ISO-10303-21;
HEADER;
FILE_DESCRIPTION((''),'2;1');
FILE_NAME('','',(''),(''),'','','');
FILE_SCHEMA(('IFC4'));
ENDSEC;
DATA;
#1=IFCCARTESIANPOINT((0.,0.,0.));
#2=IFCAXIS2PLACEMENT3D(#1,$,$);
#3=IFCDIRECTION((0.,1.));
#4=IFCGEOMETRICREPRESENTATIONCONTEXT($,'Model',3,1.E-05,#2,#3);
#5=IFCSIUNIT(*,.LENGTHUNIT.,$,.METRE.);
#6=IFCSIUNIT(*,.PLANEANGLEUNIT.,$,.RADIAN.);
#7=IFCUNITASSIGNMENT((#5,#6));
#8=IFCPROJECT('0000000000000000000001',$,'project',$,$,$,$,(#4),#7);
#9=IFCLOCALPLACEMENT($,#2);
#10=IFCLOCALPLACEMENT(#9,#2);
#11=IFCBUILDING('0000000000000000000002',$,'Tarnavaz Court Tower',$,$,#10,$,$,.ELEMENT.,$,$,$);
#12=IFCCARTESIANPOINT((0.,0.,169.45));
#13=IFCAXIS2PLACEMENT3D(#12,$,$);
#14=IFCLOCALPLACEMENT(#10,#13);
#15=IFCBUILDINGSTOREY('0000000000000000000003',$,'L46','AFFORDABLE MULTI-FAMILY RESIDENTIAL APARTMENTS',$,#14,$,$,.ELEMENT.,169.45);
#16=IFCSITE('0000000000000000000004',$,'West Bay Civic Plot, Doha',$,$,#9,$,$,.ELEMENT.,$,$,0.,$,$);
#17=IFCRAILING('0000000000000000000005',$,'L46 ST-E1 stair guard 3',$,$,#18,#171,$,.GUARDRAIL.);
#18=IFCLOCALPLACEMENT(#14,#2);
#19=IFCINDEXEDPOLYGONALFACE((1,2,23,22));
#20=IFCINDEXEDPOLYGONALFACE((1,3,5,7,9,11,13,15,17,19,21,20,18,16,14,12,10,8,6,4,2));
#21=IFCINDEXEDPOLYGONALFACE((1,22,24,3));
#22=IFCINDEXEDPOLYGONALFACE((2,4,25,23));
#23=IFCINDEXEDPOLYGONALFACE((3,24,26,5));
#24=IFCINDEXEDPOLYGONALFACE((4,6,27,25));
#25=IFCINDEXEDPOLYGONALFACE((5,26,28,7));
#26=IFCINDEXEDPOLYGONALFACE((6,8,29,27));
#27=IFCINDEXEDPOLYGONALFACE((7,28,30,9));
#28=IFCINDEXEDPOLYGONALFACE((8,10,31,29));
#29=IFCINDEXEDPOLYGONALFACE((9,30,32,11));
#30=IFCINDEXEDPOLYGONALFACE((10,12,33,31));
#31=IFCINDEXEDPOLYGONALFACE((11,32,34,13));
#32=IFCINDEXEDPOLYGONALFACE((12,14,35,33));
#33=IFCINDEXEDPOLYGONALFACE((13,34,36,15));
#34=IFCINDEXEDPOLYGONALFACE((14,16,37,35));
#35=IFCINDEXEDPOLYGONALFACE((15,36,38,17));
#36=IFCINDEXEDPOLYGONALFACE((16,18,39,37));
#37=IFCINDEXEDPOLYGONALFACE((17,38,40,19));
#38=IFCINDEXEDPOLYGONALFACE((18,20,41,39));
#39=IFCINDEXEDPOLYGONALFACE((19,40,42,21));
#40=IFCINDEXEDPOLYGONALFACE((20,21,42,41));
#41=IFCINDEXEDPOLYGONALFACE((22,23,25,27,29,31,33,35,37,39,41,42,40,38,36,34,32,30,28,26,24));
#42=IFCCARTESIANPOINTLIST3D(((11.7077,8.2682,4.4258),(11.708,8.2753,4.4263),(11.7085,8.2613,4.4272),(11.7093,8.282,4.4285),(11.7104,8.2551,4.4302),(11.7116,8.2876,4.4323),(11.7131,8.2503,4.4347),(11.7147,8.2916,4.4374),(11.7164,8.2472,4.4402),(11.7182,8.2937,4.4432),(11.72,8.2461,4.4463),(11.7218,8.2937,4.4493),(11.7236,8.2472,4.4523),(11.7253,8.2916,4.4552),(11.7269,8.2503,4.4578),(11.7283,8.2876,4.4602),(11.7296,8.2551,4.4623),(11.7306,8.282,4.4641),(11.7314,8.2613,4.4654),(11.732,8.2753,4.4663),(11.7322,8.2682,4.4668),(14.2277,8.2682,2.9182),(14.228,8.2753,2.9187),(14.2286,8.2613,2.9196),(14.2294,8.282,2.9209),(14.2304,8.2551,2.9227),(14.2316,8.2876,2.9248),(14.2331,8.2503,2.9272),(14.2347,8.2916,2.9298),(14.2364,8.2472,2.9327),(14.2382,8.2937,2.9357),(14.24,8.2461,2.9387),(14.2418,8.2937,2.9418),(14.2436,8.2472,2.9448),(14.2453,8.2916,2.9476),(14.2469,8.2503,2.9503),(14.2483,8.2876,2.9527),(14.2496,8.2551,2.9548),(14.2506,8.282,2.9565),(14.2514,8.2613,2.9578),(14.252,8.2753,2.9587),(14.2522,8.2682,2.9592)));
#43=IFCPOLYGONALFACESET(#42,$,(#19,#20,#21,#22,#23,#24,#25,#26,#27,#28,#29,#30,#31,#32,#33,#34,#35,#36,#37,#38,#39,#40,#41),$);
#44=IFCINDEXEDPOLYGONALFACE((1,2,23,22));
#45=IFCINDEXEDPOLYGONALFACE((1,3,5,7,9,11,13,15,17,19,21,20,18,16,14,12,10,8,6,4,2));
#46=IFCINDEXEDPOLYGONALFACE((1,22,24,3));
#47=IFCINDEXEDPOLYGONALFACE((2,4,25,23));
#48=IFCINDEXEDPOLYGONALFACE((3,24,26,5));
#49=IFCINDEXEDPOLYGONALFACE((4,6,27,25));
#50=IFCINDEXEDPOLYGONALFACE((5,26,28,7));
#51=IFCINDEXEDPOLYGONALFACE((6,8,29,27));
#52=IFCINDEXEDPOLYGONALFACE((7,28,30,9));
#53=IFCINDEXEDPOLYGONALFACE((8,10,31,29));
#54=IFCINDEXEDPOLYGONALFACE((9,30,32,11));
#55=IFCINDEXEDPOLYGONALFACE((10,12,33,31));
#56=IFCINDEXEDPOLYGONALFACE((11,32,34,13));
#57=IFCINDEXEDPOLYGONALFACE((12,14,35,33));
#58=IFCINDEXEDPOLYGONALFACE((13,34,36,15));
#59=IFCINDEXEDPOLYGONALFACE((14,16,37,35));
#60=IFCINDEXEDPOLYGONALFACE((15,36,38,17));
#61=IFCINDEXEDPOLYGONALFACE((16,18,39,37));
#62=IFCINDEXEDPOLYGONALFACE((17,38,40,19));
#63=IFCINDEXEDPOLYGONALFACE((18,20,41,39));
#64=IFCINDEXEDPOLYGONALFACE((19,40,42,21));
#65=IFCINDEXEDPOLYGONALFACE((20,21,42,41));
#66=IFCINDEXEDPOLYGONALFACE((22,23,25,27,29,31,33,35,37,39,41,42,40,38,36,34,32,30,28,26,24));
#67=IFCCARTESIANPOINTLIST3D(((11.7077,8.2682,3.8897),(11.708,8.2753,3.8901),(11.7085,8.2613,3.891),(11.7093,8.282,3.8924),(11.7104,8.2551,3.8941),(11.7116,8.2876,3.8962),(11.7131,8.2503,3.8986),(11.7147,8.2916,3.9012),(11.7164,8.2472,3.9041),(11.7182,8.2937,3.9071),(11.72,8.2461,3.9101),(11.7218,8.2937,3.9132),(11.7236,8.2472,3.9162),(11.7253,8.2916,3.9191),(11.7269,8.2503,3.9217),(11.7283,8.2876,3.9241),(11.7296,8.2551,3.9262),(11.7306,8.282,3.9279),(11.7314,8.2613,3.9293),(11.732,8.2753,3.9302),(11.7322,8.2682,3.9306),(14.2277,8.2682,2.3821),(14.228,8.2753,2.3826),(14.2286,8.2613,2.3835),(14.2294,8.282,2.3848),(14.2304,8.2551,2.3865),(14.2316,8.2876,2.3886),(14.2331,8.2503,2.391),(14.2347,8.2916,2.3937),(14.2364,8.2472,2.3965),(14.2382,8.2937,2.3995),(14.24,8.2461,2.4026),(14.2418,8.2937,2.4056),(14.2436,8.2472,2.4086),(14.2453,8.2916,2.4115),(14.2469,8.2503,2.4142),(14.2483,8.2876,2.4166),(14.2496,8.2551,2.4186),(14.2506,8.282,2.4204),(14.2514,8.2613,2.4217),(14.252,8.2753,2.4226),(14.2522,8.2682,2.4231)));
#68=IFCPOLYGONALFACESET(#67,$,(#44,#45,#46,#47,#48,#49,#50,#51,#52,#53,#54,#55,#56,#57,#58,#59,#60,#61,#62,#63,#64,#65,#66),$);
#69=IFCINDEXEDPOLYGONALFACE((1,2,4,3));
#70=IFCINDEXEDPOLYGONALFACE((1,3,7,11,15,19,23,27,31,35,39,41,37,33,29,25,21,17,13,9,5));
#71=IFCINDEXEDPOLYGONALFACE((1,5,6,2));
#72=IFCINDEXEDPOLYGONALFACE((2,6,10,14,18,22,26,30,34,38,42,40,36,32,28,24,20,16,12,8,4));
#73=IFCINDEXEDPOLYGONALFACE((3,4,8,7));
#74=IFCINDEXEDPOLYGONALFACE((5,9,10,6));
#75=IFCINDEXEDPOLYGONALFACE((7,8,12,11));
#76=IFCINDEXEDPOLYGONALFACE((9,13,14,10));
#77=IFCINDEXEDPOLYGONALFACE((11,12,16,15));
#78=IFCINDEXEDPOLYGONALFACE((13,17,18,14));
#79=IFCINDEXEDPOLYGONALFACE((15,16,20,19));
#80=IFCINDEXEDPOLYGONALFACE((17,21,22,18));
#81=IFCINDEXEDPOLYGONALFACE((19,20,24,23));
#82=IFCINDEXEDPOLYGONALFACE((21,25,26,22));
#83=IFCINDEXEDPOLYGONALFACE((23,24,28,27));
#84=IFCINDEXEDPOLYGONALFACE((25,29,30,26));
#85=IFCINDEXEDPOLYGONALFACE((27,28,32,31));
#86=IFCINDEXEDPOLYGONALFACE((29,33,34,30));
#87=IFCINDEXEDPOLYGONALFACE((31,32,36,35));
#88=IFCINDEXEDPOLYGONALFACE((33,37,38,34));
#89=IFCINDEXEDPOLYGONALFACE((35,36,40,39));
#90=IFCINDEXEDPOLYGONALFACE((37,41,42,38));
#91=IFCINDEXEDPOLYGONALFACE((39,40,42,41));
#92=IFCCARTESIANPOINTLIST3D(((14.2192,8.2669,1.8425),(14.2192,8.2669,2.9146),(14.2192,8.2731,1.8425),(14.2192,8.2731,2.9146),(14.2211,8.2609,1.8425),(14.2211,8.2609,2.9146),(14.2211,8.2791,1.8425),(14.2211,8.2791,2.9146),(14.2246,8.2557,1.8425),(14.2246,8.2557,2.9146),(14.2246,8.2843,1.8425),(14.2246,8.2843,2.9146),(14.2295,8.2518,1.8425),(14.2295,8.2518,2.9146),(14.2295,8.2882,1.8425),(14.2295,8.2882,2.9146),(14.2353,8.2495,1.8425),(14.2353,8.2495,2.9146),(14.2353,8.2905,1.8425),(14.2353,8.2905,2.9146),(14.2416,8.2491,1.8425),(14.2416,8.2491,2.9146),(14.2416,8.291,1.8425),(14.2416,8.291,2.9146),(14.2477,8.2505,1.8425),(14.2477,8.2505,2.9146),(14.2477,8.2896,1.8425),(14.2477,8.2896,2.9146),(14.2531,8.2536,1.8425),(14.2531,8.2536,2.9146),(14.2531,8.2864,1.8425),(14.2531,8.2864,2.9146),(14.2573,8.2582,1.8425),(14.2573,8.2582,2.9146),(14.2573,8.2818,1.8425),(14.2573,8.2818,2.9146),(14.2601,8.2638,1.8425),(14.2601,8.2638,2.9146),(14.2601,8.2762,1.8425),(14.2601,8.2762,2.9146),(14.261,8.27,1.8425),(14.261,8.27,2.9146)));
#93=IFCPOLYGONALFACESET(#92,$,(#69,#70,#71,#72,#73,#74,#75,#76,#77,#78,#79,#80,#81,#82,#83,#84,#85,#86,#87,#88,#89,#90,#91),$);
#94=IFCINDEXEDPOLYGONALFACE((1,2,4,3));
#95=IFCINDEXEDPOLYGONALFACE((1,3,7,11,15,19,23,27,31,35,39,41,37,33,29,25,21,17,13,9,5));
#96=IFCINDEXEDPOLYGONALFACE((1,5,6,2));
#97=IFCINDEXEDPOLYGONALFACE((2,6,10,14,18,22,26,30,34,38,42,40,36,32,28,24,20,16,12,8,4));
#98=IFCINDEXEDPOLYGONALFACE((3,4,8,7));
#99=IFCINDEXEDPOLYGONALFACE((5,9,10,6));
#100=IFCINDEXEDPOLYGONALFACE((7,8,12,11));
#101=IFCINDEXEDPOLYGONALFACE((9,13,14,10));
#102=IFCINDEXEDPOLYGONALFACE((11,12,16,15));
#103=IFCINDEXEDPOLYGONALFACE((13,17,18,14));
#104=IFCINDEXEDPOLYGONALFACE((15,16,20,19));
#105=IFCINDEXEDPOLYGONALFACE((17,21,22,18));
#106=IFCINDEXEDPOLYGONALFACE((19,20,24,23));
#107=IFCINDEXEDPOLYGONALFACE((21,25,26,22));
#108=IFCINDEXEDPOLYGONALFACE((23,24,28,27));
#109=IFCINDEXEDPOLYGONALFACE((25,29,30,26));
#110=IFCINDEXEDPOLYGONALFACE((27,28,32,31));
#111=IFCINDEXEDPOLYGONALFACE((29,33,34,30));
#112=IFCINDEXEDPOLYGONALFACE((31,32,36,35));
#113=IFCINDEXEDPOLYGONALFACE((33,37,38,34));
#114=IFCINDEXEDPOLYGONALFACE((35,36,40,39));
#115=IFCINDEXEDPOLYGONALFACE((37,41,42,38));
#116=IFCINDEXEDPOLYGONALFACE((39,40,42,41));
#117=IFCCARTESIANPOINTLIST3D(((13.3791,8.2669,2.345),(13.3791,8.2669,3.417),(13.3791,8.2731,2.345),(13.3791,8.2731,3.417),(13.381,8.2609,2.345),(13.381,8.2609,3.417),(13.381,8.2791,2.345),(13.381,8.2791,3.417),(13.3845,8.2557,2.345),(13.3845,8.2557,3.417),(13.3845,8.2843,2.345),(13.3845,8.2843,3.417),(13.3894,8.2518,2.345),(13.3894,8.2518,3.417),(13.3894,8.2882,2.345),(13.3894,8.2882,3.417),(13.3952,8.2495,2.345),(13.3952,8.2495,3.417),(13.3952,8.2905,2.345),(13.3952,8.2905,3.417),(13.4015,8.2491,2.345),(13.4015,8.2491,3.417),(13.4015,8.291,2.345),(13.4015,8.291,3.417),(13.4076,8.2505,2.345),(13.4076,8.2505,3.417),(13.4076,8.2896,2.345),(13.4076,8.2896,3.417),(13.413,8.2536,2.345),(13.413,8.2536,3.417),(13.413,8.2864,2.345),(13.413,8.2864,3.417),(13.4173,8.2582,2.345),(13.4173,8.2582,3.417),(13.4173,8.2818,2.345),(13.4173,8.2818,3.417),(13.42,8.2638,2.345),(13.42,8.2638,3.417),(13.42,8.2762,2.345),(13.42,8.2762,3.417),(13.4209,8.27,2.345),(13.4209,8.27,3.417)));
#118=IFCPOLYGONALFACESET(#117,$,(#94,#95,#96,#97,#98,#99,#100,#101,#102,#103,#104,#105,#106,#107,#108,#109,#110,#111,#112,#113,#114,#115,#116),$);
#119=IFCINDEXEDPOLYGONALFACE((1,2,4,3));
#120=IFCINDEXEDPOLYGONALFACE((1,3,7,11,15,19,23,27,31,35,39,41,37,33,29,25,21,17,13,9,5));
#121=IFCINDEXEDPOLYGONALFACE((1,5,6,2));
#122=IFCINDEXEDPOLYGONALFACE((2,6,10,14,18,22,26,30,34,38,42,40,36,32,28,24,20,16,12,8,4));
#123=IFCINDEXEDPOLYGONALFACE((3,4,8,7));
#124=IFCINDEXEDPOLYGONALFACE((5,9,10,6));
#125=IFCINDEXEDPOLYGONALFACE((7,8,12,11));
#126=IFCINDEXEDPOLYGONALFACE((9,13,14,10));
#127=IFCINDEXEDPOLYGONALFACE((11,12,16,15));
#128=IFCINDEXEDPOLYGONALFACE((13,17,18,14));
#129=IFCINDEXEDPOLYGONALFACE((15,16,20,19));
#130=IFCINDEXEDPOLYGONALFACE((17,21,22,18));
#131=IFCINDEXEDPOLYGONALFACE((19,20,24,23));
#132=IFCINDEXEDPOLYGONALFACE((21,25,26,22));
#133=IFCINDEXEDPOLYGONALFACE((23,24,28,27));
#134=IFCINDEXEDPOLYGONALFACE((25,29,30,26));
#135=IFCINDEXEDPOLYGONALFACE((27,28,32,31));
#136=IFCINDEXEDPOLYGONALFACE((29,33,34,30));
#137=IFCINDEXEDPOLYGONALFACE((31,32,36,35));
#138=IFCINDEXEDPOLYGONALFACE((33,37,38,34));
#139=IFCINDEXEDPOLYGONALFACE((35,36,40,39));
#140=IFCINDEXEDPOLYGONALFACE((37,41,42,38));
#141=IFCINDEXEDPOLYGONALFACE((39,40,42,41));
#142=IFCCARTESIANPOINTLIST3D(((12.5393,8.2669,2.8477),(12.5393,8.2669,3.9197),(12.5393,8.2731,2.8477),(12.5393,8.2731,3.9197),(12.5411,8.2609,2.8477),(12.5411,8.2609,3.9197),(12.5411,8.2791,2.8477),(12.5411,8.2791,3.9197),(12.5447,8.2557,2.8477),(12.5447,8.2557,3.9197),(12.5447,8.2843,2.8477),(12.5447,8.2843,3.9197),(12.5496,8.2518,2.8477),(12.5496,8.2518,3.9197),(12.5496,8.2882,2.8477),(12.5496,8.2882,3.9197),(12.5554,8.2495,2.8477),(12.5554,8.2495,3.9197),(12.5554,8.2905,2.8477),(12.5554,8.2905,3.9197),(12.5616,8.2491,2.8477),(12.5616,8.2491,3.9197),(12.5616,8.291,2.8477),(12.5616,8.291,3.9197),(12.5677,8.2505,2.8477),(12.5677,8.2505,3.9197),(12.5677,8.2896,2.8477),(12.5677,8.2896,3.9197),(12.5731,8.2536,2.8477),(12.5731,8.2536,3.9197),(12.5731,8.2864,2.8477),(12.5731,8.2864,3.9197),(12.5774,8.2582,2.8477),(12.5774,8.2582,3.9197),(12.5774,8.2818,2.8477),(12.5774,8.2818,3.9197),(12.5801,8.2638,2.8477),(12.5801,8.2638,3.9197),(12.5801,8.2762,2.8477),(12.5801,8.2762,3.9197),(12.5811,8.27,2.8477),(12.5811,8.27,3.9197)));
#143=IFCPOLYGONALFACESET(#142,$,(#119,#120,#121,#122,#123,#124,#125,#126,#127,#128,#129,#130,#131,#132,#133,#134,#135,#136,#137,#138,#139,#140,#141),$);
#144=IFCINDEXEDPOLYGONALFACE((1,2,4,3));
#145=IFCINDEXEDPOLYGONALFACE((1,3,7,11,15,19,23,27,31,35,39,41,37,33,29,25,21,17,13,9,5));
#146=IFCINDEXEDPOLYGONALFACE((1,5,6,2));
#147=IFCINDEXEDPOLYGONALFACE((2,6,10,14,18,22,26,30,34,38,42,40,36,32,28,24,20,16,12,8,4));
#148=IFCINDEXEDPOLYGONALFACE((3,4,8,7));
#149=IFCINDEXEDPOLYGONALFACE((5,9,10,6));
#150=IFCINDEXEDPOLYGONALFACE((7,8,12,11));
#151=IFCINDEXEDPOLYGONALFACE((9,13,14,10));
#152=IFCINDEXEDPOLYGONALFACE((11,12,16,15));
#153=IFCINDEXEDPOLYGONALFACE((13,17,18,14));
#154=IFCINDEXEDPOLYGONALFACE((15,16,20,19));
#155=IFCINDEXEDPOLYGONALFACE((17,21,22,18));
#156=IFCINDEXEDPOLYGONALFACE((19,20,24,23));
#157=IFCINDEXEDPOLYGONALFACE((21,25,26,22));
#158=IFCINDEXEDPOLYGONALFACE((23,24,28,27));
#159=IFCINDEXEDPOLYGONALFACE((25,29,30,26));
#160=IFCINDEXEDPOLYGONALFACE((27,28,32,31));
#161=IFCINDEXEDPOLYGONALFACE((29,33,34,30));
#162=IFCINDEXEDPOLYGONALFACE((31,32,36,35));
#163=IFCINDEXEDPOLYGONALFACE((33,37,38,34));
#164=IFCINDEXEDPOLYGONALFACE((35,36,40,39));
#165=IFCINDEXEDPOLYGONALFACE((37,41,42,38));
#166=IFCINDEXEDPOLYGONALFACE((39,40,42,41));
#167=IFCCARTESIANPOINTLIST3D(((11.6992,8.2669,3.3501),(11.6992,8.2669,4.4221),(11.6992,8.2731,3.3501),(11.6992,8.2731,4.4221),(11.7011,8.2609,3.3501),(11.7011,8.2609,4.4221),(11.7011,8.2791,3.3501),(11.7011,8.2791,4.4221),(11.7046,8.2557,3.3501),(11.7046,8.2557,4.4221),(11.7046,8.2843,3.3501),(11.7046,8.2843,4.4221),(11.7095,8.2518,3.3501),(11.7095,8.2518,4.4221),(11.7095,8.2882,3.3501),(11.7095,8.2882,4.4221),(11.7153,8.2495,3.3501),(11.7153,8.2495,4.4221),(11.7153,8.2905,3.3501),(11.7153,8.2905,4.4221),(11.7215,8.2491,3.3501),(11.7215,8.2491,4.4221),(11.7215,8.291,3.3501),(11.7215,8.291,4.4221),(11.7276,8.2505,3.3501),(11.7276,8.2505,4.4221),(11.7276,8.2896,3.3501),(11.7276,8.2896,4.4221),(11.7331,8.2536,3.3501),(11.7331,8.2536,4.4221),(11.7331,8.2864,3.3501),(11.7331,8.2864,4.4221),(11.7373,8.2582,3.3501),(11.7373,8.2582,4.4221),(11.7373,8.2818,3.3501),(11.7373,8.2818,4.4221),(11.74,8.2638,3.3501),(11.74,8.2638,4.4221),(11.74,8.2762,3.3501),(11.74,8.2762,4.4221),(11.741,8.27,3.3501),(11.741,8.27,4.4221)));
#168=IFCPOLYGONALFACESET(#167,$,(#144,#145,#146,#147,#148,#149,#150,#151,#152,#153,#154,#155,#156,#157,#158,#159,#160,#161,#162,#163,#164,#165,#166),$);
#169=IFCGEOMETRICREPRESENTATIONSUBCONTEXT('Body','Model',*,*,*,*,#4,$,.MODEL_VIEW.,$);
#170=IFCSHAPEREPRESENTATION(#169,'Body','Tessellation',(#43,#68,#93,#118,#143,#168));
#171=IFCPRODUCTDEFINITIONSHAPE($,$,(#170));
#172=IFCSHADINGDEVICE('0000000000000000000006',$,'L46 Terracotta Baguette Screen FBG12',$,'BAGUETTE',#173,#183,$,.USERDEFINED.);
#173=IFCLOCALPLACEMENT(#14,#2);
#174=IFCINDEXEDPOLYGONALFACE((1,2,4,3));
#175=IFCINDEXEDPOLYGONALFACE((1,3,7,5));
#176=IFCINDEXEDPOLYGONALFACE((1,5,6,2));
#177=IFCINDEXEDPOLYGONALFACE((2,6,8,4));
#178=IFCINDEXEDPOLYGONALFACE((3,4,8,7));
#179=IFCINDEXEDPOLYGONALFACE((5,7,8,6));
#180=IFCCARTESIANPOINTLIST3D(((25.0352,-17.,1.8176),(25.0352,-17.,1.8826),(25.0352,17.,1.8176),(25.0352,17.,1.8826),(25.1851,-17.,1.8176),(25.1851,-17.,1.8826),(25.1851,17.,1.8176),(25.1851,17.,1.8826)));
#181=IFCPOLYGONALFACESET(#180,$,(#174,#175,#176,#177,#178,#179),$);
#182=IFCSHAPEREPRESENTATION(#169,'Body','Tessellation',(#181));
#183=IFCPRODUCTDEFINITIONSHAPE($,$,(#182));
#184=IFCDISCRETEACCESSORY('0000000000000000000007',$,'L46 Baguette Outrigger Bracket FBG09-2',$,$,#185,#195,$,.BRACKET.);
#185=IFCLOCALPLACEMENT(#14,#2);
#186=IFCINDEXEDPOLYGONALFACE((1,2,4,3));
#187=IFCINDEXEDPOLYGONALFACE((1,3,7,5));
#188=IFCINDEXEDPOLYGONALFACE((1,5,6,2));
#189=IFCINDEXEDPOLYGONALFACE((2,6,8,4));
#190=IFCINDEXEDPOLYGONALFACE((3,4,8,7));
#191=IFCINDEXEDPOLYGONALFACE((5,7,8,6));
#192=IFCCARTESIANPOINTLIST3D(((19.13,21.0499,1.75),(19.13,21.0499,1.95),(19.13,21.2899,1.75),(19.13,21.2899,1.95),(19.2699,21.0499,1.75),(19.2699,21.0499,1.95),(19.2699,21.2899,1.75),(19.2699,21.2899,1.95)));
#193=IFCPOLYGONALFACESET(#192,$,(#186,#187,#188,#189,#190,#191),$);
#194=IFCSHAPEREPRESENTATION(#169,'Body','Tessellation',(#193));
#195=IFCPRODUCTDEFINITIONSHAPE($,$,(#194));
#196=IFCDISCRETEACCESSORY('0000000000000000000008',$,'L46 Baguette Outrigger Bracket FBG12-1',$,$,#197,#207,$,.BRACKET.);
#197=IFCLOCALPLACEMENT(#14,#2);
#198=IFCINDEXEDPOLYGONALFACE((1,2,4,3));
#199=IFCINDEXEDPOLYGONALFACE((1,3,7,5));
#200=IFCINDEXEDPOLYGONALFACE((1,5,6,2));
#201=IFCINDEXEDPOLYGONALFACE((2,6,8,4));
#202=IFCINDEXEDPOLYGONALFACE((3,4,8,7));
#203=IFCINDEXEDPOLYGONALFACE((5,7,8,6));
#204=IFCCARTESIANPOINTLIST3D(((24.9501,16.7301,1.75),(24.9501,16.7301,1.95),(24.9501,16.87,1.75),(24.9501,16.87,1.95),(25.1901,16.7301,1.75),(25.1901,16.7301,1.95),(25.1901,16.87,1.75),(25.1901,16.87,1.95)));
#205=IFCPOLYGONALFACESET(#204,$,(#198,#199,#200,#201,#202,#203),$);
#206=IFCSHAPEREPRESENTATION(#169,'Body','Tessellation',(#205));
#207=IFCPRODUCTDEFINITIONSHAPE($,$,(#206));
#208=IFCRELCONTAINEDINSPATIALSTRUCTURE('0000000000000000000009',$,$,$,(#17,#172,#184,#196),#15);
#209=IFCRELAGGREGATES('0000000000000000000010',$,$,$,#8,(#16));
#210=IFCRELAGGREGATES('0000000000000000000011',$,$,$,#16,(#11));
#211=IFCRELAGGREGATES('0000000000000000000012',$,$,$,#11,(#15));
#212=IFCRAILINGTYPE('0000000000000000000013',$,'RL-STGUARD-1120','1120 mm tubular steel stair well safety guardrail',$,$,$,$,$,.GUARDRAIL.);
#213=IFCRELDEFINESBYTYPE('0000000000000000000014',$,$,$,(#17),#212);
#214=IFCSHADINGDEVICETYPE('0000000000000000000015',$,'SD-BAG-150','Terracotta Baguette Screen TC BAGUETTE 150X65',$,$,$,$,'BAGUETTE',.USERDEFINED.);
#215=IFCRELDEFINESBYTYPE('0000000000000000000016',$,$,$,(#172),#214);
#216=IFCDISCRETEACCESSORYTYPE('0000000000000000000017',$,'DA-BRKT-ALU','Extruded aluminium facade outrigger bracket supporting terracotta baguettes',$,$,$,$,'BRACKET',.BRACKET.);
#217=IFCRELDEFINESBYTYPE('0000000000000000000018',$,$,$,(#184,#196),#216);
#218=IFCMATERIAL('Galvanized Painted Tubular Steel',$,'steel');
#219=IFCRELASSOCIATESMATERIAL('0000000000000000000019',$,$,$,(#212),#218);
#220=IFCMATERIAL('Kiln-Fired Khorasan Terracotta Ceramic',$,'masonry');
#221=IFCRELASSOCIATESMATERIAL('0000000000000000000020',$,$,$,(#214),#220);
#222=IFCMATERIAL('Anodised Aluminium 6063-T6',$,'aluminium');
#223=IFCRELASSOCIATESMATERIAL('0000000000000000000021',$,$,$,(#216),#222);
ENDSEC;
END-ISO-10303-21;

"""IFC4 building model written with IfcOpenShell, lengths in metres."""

from ifc_helpers import new_model, si_unit, direction, frame, origin, origin_2d, place, context, subcontext, project, spatial, rectangle, circle, extrude, material, material_profile, profile_set, type_object, element, save


model = new_model("IFC4")

# Units and contexts
model_context = context("Model", 3, precision=1e-05, world=origin(), true_north=direction((0.0, 1.0)))
body_context = subcontext(model_context, "Body", "Model", "MODEL_VIEW")
ifc_project = project(units=[si_unit("LENGTHUNIT", "METRE"), si_unit("PLANEANGLEUNIT", "RADIAN")], contexts=[model_context])

# Site, building, storey
site_placement = place(None, origin())
site = spatial("IfcSite", under=ifc_project, at=site_placement, Name="West Bay Civic Plot, Doha", CompositionType="ELEMENT", RefElevation=0.0)
building_placement = place(site_placement, origin())
building = spatial("IfcBuilding", under=site, at=building_placement, Name="Tarnavaz Court Tower", CompositionType="ELEMENT")
storey_placement = place(building_placement, frame((0.0, 0.0, 169.45)))
storey = spatial("IfcBuildingStorey", under=building, at=storey_placement, Name="L46", Description="AFFORDABLE MULTI-FAMILY RESIDENTIAL APARTMENTS", CompositionType="ELEMENT", Elevation=169.45)

# Railing
ifc_material_1 = material(Name="Galvanized Painted Tubular Steel", Category="steel")
railing_type_1 = type_object("IfcRailingType", Name="RL-STGUARD-1120", Description="1120 mm tubular steel stair well safety guardrail", PredefinedType="GUARDRAIL", material=ifc_material_1)
railing_1_placement = place(storey_placement, frame((14.24, 8.27, 1.8425)))
element("IfcRailing", 1, at=railing_1_placement, inside=storey, type_object=railing_type_1, Name="L46 ST-E1 stair guard 3", PredefinedType="GUARDRAIL", context=body_context, shape_type="SweptSolid", body=[
    extrude(circle(Radius=0.0239, at=origin_2d()), frame((0.0, 0.0, 1.0962), z_axis=(-0.85816, 0.0, 0.513383), x_axis=(0.0, -1.0, 0.0)), (0.0, 0.0, 1.0), 2.9365),
    extrude(circle(Radius=0.0239, at=origin_2d()), frame((0.0, 0.0, 0.5601), z_axis=(-0.85816, 0.0, 0.513383), x_axis=(0.0, -1.0, 0.0)), (0.0, 0.0, 1.0), 2.9365),
    extrude(circle(Radius=0.021, at=origin_2d()), origin(), (0.0, 0.0, 1.0), 1.072),
    extrude(circle(Radius=0.021, at=origin_2d()), frame((-0.8401, 0.0, 0.5024)), (0.0, 0.0, 1.0), 1.072),
    extrude(circle(Radius=0.021, at=origin_2d()), frame((-1.6799, 0.0, 1.0051)), (0.0, 0.0, 1.0), 1.072),
    extrude(circle(Radius=0.021, at=origin_2d()), frame((-2.52, 0.0, 1.5076)), (0.0, 0.0, 1.0), 1.072),
])

# Shading device
ifc_material_2 = material(Name="Kiln-Fired Khorasan Terracotta Ceramic", Category="masonry")
ifc_material_profile_1 = material_profile(ifc_material_2, rectangle(XDim=0.1499, YDim=0.0649, at=origin_2d()), Name="TC BAGUETTE 150X65")
ifc_profile_set_1 = profile_set([ifc_material_profile_1], Name="Kiln-Fired Khorasan Terracotta Ceramic")
shading_device_type = type_object("IfcShadingDeviceType", Name="SD-BAG-150", Description="Terracotta Baguette Screen TC BAGUETTE 150X65", ElementType="BAGUETTE", PredefinedType="USERDEFINED", material=ifc_profile_set_1)
shading_device_placement = place(storey_placement, frame((25.1101, 17.0, 1.8501), z_axis=(0.0, -1.0, 0.0), x_axis=(1.0, 0.0, 0.0)))
element("IfcShadingDevice", 2, at=shading_device_placement, inside=storey, type_object=shading_device_type, Name="L46 Terracotta Baguette Screen FBG12", ObjectType="BAGUETTE", PredefinedType="USERDEFINED", context=body_context, shape_type="SweptSolid", body=[
    extrude(rectangle(XDim=0.1499, YDim=0.0649, at=origin_2d()), origin(), (0.0, 0.0, 1.0), 34.0),
])

# Discrete accessories
ifc_material_3 = material(Name="Anodised Aluminium 6063-T6", Category="aluminium")
discrete_accessory_type = type_object("IfcDiscreteAccessoryType", Name="DA-BRKT-ALU", Description="Extruded aluminium facade outrigger bracket supporting terracotta baguettes", ElementType="BRACKET", PredefinedType="BRACKET", material=ifc_material_3)
for number, where, z_axis, x_axis, name in (
    (3, (19.2, 21.1699, 1.75), (0.0, 0.0, 1.0), (1.0, 0.0, 0.0), "L46 Baguette Outrigger Bracket FBG09-2"),
    (4, (25.0701, 16.8, 1.75), (0.0, 0.0, 1.0), (0.0, -1.0, 0.0), "L46 Baguette Outrigger Bracket FBG12-1"),
):
    element("IfcDiscreteAccessory", number, at=place(storey_placement, frame(where, z_axis=z_axis, x_axis=x_axis)), inside=storey, type_object=discrete_accessory_type, Name=name, PredefinedType="BRACKET", context=body_context, shape_type="SweptSolid", body=[
        extrude(rectangle(XDim=0.1399, YDim=0.24, at=origin_2d()), origin(), (0.0, 0.0, 1.0), 0.2),
    ])

save(model, "model.ifc")
